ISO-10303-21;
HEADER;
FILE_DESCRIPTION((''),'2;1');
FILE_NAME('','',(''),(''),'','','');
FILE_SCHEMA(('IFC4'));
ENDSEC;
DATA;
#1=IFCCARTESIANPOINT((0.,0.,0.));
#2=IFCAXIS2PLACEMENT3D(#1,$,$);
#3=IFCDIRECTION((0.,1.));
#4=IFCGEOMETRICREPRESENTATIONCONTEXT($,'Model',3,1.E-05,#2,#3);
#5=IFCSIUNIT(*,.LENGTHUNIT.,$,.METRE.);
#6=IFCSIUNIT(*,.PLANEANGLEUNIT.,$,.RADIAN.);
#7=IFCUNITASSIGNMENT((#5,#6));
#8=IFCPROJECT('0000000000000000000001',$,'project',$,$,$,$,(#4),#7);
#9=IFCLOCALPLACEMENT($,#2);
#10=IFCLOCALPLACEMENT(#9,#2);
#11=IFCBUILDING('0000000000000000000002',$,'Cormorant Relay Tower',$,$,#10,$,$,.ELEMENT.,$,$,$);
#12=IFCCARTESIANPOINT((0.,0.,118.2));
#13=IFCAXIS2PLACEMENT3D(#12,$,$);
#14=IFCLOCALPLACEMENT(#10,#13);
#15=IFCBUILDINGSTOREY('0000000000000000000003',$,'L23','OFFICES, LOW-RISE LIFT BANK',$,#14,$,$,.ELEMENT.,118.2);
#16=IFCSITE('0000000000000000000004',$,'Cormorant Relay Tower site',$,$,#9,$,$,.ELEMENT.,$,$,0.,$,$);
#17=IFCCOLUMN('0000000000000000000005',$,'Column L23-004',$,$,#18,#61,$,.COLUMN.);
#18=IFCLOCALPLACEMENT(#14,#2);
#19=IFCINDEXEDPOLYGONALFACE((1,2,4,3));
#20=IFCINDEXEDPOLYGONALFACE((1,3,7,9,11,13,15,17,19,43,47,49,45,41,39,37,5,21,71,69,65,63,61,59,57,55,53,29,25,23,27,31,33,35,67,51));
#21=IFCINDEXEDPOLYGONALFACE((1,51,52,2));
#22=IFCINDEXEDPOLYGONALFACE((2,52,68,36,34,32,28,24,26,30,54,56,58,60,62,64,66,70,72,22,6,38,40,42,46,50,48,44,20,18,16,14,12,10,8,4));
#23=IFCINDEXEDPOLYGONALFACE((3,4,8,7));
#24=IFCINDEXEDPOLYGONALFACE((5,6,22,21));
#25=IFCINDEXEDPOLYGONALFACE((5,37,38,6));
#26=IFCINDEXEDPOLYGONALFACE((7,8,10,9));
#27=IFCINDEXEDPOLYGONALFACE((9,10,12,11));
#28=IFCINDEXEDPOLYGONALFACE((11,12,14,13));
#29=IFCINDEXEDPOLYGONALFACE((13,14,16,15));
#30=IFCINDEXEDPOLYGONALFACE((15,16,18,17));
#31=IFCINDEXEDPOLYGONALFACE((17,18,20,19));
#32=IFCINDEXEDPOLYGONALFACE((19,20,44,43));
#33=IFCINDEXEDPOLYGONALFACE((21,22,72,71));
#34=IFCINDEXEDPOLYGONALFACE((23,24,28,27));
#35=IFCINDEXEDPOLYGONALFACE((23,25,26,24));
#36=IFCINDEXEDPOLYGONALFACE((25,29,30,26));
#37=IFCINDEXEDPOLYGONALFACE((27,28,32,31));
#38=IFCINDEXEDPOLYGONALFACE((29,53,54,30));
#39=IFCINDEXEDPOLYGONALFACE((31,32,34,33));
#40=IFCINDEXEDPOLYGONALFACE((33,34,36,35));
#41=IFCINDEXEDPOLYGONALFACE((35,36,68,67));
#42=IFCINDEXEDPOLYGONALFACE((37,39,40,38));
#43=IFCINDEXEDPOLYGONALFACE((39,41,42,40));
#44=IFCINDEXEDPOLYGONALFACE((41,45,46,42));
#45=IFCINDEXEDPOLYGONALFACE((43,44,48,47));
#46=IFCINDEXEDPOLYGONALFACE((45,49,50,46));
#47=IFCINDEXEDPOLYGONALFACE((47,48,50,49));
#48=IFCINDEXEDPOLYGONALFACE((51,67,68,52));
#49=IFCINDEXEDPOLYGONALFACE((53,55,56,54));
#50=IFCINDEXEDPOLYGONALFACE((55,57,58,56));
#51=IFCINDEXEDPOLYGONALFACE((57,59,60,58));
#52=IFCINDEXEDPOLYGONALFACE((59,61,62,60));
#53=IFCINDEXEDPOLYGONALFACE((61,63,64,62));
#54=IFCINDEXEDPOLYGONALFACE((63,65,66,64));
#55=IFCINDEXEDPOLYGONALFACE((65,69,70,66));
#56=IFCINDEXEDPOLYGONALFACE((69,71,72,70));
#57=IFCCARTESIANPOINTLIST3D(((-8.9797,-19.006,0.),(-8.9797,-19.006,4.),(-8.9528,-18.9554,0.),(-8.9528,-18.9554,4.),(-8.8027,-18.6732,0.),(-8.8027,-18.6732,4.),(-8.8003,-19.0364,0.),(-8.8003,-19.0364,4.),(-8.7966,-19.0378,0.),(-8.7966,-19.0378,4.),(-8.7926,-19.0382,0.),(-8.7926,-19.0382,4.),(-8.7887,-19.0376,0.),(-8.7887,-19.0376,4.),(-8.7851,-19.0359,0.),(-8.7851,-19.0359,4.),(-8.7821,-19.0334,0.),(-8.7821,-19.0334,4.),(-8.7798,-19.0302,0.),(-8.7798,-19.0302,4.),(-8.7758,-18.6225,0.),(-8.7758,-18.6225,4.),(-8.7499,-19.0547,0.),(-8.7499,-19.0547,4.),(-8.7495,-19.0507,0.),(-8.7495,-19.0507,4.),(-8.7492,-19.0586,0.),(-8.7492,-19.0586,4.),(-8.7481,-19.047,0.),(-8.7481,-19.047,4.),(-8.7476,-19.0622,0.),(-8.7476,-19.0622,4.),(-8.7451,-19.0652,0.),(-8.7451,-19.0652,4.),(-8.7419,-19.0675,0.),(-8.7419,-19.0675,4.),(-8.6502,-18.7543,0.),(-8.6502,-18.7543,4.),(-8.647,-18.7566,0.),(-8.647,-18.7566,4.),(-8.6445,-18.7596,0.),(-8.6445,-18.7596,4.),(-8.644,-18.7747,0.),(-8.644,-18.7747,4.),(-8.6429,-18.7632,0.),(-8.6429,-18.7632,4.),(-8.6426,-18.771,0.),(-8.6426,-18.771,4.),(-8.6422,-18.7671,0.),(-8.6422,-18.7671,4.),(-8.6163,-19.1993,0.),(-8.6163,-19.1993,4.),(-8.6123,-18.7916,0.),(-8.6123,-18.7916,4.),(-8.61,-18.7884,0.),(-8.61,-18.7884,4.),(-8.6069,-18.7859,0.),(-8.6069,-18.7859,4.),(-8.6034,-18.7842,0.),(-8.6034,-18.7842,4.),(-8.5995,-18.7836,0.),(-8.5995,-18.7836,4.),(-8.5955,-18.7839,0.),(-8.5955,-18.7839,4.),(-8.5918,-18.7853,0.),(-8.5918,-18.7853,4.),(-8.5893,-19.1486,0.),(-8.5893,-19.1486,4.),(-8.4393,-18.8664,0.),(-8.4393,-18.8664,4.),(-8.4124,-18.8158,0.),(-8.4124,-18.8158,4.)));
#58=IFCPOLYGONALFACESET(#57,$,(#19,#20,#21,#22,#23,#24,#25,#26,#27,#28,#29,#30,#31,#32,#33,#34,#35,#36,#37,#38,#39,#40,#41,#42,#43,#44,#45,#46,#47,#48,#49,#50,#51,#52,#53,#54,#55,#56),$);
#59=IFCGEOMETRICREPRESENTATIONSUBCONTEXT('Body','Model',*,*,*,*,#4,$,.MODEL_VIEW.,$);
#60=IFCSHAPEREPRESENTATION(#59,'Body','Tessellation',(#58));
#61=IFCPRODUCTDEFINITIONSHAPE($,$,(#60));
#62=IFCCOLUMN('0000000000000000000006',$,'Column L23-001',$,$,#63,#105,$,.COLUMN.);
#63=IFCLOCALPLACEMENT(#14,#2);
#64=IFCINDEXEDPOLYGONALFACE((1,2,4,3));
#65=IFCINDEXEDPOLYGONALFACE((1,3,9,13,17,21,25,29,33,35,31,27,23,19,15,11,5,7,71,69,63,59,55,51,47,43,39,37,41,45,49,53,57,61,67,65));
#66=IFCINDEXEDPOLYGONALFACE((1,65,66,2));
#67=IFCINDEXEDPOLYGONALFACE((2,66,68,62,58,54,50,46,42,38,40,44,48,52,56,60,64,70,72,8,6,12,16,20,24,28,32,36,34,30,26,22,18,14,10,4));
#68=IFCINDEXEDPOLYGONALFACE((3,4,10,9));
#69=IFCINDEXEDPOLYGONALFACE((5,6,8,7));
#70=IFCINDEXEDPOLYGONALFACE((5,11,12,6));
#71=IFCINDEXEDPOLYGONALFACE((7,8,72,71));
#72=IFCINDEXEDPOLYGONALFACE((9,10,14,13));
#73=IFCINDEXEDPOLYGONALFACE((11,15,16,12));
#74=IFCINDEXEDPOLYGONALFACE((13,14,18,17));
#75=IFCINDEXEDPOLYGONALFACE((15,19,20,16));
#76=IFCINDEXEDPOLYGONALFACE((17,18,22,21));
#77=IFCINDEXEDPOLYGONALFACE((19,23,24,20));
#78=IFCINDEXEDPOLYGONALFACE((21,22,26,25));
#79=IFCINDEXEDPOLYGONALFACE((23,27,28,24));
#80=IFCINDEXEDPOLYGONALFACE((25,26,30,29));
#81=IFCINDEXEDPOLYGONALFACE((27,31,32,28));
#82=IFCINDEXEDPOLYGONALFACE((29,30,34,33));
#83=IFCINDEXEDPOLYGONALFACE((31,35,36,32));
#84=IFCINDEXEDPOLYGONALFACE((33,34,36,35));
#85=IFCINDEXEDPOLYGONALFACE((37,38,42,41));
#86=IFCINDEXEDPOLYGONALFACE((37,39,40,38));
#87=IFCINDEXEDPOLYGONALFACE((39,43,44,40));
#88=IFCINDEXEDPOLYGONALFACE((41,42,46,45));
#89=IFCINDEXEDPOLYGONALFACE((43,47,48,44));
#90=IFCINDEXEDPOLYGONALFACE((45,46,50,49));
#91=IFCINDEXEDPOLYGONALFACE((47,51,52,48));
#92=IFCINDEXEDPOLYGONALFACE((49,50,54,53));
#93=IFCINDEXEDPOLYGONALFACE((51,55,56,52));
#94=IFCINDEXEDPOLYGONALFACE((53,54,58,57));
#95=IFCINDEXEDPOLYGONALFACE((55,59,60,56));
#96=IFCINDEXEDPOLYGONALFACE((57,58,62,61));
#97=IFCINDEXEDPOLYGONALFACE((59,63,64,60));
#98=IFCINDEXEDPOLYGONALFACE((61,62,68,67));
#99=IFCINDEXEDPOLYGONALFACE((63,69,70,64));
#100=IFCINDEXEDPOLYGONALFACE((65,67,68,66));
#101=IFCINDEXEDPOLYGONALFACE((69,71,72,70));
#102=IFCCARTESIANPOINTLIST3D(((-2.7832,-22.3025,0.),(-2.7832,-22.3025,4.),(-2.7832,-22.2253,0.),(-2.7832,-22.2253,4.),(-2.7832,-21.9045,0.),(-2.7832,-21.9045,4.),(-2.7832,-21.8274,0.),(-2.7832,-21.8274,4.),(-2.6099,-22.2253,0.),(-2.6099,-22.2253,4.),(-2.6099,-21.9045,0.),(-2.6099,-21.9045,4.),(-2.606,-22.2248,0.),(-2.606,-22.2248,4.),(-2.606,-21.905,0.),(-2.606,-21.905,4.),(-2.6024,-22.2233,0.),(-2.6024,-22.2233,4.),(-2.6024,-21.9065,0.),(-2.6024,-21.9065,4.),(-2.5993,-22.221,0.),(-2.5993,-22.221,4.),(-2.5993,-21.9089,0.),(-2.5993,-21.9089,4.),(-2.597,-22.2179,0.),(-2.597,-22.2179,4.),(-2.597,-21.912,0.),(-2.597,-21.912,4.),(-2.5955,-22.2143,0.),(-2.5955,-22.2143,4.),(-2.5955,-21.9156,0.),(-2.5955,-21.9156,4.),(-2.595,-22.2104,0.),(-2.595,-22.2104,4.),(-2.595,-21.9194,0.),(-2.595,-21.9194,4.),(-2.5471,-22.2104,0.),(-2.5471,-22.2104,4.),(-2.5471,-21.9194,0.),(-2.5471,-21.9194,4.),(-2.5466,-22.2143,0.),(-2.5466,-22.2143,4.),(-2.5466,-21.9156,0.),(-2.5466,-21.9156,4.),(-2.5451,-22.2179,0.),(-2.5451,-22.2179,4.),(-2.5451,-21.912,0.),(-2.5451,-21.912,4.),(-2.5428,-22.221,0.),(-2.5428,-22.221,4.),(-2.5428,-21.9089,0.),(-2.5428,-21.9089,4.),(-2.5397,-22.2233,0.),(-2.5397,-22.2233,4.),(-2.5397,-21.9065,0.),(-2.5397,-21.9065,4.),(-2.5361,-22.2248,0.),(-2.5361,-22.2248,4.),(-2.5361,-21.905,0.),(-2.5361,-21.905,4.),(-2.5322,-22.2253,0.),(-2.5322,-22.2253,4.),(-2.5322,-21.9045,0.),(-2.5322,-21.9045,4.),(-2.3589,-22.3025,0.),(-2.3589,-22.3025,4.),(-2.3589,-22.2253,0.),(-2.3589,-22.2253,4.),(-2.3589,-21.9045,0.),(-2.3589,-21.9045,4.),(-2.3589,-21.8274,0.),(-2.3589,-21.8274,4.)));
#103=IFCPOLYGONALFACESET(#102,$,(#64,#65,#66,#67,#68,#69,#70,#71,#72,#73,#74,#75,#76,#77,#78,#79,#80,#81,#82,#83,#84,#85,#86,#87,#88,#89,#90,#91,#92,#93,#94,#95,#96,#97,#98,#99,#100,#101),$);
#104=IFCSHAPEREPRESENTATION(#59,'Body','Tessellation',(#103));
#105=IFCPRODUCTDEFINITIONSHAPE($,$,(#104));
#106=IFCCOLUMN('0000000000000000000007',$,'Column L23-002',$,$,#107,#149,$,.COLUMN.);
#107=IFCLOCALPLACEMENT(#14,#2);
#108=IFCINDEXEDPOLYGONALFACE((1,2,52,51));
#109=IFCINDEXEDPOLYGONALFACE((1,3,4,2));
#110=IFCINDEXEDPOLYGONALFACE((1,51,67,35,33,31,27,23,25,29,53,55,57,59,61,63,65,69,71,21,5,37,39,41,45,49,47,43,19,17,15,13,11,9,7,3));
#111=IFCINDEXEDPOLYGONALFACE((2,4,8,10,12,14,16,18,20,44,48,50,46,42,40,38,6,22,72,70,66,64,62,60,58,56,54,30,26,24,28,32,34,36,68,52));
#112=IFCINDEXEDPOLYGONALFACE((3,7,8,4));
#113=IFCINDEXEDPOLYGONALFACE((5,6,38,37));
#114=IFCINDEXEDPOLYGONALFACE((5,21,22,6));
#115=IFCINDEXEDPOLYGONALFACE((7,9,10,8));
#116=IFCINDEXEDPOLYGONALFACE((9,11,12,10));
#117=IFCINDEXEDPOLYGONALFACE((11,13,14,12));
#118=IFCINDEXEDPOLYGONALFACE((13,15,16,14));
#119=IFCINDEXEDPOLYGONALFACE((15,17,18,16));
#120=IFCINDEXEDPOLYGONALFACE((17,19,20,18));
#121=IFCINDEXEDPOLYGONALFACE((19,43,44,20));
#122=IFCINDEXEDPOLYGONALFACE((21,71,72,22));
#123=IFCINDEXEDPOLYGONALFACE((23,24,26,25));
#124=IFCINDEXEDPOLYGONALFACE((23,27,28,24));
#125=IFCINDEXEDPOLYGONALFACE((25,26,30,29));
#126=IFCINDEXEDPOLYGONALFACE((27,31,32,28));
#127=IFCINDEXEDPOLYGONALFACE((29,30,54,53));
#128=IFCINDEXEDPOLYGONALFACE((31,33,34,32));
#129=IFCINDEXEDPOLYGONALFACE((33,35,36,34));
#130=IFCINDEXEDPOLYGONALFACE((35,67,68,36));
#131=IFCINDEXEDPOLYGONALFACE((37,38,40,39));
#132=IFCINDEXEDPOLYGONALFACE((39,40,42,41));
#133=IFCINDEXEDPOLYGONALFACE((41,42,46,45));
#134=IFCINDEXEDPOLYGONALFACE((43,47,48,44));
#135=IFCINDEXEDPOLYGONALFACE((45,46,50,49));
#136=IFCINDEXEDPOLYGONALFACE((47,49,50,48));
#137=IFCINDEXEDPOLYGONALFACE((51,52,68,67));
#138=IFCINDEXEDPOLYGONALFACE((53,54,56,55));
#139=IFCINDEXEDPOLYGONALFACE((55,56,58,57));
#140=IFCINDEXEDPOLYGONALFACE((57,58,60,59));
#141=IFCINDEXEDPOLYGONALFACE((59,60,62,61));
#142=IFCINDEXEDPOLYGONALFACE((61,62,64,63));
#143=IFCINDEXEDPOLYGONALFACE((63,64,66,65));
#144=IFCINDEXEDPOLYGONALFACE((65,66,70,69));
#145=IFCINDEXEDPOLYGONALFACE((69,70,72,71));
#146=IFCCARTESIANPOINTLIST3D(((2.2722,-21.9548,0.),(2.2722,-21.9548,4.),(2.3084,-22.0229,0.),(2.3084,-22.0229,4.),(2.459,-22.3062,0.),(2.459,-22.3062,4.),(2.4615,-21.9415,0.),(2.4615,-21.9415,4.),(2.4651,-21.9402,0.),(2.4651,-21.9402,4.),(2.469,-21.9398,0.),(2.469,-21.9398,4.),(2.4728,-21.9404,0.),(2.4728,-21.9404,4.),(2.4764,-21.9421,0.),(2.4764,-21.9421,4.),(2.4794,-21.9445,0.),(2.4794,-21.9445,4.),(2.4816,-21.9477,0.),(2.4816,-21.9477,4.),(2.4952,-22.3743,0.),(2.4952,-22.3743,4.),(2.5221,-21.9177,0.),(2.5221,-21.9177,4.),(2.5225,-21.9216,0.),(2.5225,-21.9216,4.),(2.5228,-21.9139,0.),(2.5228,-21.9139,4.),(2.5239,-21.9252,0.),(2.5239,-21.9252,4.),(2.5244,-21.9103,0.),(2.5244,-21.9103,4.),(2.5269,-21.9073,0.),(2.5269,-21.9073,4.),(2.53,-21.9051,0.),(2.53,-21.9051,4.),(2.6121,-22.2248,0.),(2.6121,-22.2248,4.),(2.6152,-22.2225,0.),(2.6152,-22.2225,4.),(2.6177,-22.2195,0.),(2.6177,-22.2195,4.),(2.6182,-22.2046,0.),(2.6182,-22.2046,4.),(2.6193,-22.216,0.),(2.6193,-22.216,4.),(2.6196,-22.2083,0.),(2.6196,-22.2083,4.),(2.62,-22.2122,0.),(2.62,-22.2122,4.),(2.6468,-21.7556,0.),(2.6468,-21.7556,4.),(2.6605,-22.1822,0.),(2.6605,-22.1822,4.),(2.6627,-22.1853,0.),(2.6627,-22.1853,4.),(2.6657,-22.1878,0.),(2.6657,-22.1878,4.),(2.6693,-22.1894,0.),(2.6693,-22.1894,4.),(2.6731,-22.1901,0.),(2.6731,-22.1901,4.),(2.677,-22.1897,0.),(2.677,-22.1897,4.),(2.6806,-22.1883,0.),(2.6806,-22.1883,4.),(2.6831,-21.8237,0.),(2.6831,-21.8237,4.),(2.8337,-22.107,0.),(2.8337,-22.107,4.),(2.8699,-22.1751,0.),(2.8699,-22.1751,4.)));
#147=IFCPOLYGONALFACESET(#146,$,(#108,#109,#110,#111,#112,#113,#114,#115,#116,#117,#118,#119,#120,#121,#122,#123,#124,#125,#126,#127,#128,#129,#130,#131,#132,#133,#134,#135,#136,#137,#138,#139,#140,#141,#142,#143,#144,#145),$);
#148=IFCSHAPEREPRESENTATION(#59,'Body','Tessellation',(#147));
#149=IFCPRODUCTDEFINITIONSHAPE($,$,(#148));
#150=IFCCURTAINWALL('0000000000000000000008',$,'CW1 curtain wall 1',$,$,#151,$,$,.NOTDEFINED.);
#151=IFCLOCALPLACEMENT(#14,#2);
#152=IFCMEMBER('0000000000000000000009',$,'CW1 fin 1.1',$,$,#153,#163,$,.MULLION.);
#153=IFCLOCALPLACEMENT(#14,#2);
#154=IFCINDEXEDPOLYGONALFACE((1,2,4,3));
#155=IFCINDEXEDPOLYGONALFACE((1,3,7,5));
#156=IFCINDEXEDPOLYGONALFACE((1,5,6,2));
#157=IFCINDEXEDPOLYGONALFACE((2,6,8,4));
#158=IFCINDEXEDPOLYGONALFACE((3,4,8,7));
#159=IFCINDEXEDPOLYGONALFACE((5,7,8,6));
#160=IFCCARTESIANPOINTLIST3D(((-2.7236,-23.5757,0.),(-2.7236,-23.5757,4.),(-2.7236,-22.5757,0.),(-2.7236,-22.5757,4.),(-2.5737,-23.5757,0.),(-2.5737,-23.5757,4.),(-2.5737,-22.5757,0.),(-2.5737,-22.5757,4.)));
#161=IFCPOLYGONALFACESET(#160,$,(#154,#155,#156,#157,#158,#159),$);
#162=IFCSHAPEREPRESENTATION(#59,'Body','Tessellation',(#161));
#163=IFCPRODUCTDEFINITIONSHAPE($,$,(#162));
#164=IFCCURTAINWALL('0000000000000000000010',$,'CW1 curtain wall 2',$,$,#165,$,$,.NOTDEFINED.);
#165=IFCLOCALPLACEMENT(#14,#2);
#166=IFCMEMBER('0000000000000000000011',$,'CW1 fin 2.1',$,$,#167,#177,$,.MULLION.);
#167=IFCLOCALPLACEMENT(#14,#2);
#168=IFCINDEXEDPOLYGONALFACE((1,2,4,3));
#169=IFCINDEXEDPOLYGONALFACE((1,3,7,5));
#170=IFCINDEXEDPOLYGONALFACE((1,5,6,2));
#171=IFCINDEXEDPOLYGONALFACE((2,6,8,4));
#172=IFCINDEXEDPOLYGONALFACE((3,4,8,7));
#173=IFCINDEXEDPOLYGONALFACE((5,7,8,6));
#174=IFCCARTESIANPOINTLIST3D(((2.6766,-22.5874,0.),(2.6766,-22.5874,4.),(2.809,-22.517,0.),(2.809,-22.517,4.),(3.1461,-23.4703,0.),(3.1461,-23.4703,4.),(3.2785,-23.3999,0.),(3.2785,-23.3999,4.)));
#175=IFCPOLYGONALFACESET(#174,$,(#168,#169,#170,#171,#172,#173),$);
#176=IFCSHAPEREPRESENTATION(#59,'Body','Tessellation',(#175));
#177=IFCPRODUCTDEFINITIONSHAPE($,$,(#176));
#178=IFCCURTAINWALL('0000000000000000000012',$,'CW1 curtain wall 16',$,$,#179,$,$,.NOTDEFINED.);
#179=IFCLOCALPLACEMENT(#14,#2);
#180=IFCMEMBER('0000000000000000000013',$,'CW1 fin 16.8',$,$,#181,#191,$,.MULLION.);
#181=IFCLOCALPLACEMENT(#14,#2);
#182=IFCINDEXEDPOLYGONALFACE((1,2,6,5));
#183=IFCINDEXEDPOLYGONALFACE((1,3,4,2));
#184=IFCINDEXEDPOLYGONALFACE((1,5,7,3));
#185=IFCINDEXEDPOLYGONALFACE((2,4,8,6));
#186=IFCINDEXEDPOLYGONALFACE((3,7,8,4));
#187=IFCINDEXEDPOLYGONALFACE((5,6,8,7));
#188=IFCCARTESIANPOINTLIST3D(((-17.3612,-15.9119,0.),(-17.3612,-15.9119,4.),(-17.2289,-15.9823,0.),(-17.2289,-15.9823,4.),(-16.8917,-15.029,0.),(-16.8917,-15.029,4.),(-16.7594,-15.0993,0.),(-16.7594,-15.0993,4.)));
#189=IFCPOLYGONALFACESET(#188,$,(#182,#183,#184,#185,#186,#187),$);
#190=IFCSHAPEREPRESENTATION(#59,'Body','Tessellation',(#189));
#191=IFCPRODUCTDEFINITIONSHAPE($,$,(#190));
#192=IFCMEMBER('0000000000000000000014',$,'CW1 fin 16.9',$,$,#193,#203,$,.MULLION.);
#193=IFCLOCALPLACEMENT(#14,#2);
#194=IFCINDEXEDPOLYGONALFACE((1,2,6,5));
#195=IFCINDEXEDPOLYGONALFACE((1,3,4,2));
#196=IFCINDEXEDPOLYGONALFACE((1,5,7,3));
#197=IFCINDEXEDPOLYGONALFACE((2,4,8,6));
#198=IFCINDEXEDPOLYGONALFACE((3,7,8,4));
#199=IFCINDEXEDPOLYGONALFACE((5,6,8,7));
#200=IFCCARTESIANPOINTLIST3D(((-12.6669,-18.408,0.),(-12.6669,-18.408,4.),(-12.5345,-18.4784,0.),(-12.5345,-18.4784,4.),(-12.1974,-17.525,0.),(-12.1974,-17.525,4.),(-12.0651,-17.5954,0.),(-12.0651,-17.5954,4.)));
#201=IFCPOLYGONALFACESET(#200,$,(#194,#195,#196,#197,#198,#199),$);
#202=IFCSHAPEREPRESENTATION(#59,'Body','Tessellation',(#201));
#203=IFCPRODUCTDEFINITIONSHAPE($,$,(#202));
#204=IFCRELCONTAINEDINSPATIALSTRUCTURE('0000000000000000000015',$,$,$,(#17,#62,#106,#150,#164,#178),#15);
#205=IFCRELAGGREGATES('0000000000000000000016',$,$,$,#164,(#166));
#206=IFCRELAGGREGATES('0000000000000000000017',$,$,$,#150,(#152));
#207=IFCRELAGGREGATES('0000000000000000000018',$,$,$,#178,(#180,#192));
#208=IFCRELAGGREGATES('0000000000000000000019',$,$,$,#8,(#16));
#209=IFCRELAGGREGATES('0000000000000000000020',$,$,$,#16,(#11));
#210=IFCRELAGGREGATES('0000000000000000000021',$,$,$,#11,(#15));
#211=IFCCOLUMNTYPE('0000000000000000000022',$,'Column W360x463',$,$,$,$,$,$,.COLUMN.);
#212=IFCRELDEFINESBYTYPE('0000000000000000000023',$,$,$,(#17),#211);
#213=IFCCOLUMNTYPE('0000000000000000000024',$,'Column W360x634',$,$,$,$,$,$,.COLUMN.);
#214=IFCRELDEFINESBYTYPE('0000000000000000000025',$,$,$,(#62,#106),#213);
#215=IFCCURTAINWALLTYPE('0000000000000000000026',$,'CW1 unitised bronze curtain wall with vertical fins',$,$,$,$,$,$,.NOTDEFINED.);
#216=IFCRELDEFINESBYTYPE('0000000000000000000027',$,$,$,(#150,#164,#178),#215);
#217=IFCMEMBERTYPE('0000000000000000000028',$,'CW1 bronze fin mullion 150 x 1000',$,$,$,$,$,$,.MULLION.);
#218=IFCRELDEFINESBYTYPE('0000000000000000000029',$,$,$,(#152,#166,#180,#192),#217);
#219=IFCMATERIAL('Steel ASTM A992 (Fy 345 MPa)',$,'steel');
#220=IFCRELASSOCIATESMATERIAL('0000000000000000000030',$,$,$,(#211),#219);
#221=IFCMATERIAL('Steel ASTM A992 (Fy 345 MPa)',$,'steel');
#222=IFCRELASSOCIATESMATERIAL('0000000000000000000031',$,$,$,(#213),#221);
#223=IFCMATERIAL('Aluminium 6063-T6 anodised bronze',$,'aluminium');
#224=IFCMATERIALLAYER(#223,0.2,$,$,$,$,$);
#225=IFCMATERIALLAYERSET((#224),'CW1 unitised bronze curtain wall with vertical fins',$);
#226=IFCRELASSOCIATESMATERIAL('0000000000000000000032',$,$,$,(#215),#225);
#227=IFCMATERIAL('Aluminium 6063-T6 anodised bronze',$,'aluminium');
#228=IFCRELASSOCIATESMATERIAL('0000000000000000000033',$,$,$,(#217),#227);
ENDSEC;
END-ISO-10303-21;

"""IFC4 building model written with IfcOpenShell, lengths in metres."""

from ifc_helpers import new_model, si_unit, direction, frame, origin, origin_2d, place, context, subcontext, project, spatial, rectangle, i_section, extrude, material, layer, layer_set, material_profile, profile_set, type_object, element, aggregate, save


model = new_model("IFC4")

# Units and contexts
model_context = context("Model", 3, precision=1e-05, world=origin(), true_north=direction((0.0, 1.0)))
body_context = subcontext(model_context, "Body", "Model", "MODEL_VIEW")
ifc_project = project(units=[si_unit("LENGTHUNIT", "METRE"), si_unit("PLANEANGLEUNIT", "RADIAN")], contexts=[model_context])

# Site, building, storey
site_placement = place(None, origin())
site = spatial("IfcSite", under=ifc_project, at=site_placement, Name="Cormorant Relay Tower site", CompositionType="ELEMENT", RefElevation=0.0)
building_placement = place(site_placement, origin())
building = spatial("IfcBuilding", under=site, at=building_placement, Name="Cormorant Relay Tower", CompositionType="ELEMENT")
storey_placement = place(building_placement, frame((0.0, 0.0, 118.2)))
storey = spatial("IfcBuildingStorey", under=building, at=storey_placement, Name="L23", Description="OFFICES, LOW-RISE LIFT BANK", CompositionType="ELEMENT", Elevation=118.2)

# Columns
ifc_material_1 = material(Name="Steel ASTM A992 (Fy 345 MPa)", Category="steel")
ifc_material_profile_1 = material_profile(ifc_material_1, i_section(OverallWidth=0.4116, OverallDepth=0.4343, WebThickness=0.0359, FlangeThickness=0.0574, FilletRadius=0.0151, at=origin_2d()), Name="W360x463")
ifc_profile_set_1 = profile_set([ifc_material_profile_1], Name="Steel ASTM A992 (Fy 345 MPa)")
column_type_1 = type_object("IfcColumnType", Name="Column W360x463", PredefinedType="COLUMN", material=ifc_profile_set_1)
column_placement = place(storey_placement, frame((-8.696, -18.9109, 0.0), z_axis=(0.0, 0.0, 1.0), x_axis=(0.882948, -0.469472, 0.0)))
element("IfcColumn", 1, at=column_placement, inside=storey, type_object=column_type_1, Name="Column L23-004", PredefinedType="COLUMN", context=body_context, shape_type="SweptSolid", body=[
    extrude(i_section(OverallWidth=0.4116, OverallDepth=0.4343, WebThickness=0.0359, FlangeThickness=0.0574, FilletRadius=0.0151, at=origin_2d()), origin(), (0.0, 0.0, 1.0), 4.0),
])
ifc_material_2 = material(Name="Steel ASTM A992 (Fy 345 MPa)", Category="steel")
ifc_material_profile_2 = material_profile(ifc_material_2, i_section(OverallWidth=0.4243, OverallDepth=0.4751, WebThickness=0.0479, FlangeThickness=0.0771, FilletRadius=0.0149, at=origin_2d()), Name="W360x634")
ifc_profile_set_2 = profile_set([ifc_material_profile_2], Name="Steel ASTM A992 (Fy 345 MPa)")
column_type_2 = type_object("IfcColumnType", Name="Column W360x634", PredefinedType="COLUMN", material=ifc_profile_set_2)
for number, where, z_axis, x_axis, name in (
    (2, (-2.571, -22.0649, 0.0), (0.0, 0.0, 1.0), (1.0, 0.0, 0.0), "Column L23-001"),
    (3, (2.571, -22.0649, 0.0), (0.0, 0.0, 1.0), (0.882948, 0.469472, 0.0), "Column L23-002"),
):
    element("IfcColumn", number, at=place(storey_placement, frame(where, z_axis=z_axis, x_axis=x_axis)), inside=storey, type_object=column_type_2, Name=name, PredefinedType="COLUMN", context=body_context, shape_type="SweptSolid", body=[
        extrude(i_section(OverallWidth=0.4243, OverallDepth=0.4751, WebThickness=0.0479, FlangeThickness=0.0771, FilletRadius=0.0149, at=origin_2d()), origin(), (0.0, 0.0, 1.0), 4.0),
    ])

# Curtain walls, members
ifc_material_3 = material(Name="Aluminium 6063-T6 anodised bronze", Category="aluminium")
ifc_layer_1 = layer(ifc_material_3, 0.2)
ifc_layer_set_1 = layer_set([ifc_layer_1], Name="CW1 unitised bronze curtain wall with vertical fins")
curtain_wall_type = type_object("IfcCurtainWallType", Name="CW1 unitised bronze curtain wall with vertical fins", PredefinedType="NOTDEFINED", material=ifc_layer_set_1)
curtain_wall_1_placement = place(storey_placement, origin())
curtain_wall_1 = element("IfcCurtainWall", 4, at=curtain_wall_1_placement, inside=storey, type_object=curtain_wall_type, Name="CW1 curtain wall 1", PredefinedType="NOTDEFINED")
ifc_material_4 = material(Name="Aluminium 6063-T6 anodised bronze", Category="aluminium")
ifc_material_profile_3 = material_profile(ifc_material_4, rectangle(XDim=0.1499, YDim=1.0, at=origin_2d()), Name="AL 150x1000")
ifc_profile_set_3 = profile_set([ifc_material_profile_3], Name="Aluminium 6063-T6 anodised bronze")
member_type_1 = type_object("IfcMemberType", Name="CW1 bronze fin mullion 150 x 1000", PredefinedType="MULLION", material=ifc_profile_set_3)
member_1_placement = place(storey_placement, frame((-2.6487, -23.0757, 0.0), z_axis=(0.0, 0.0, 1.0), x_axis=(1.0, 0.0, 0.0)))
member_1 = element("IfcMember", 5, at=member_1_placement, type_object=member_type_1, Name="CW1 fin 1.1", PredefinedType="MULLION", context=body_context, shape_type="SweptSolid", body=[
    extrude(rectangle(XDim=0.1499, YDim=1.0, at=origin_2d()), origin(), (0.0, 0.0, 1.0), 4.0),
])
curtain_wall_2_placement = place(storey_placement, origin())
curtain_wall_2 = element("IfcCurtainWall", 6, at=curtain_wall_2_placement, inside=storey, type_object=curtain_wall_type, Name="CW1 curtain wall 2", PredefinedType="NOTDEFINED")
member_2_placement = place(storey_placement, frame((2.9775, -22.9937, 0.0), z_axis=(0.0, 0.0, 1.0), x_axis=(0.882948, 0.469472, 0.0)))
member_2 = element("IfcMember", 7, at=member_2_placement, type_object=member_type_1, Name="CW1 fin 2.1", PredefinedType="MULLION", context=body_context, shape_type="SweptSolid", body=[
    extrude(rectangle(XDim=0.1499, YDim=1.0, at=origin_2d()), origin(), (0.0, 0.0, 1.0), 4.0),
])

# Curtain wall, members
curtain_wall_3_placement = place(storey_placement, origin())
curtain_wall_3 = element("IfcCurtainWall", 8, at=curtain_wall_3_placement, inside=storey, type_object=curtain_wall_type, Name="CW1 curtain wall 16", PredefinedType="NOTDEFINED")
member_3_placement = place(storey_placement, frame((-17.0603, -15.5056, 0.0), z_axis=(0.0, 0.0, 1.0), x_axis=(0.882948, -0.469472, 0.0)))
member_3 = element("IfcMember", 9, at=member_3_placement, type_object=member_type_1, Name="CW1 fin 16.8", PredefinedType="MULLION", context=body_context, shape_type="SweptSolid", body=[
    extrude(rectangle(XDim=0.1499, YDim=1.0, at=origin_2d()), origin(), (0.0, 0.0, 1.0), 4.0),
])
member_4_placement = place(storey_placement, frame((-12.366, -18.0017, 0.0), z_axis=(0.0, 0.0, 1.0), x_axis=(0.882948, -0.469472, 0.0)))
member_4 = element("IfcMember", 10, at=member_4_placement, type_object=member_type_1, Name="CW1 fin 16.9", PredefinedType="MULLION", context=body_context, shape_type="SweptSolid", body=[
    extrude(rectangle(XDim=0.1499, YDim=1.0, at=origin_2d()), origin(), (0.0, 0.0, 1.0), 4.0),
])

aggregate(curtain_wall_2, [member_2])

aggregate(curtain_wall_1, [member_1])
aggregate(curtain_wall_3, [member_3, member_4])

save(model, "model.ifc")
